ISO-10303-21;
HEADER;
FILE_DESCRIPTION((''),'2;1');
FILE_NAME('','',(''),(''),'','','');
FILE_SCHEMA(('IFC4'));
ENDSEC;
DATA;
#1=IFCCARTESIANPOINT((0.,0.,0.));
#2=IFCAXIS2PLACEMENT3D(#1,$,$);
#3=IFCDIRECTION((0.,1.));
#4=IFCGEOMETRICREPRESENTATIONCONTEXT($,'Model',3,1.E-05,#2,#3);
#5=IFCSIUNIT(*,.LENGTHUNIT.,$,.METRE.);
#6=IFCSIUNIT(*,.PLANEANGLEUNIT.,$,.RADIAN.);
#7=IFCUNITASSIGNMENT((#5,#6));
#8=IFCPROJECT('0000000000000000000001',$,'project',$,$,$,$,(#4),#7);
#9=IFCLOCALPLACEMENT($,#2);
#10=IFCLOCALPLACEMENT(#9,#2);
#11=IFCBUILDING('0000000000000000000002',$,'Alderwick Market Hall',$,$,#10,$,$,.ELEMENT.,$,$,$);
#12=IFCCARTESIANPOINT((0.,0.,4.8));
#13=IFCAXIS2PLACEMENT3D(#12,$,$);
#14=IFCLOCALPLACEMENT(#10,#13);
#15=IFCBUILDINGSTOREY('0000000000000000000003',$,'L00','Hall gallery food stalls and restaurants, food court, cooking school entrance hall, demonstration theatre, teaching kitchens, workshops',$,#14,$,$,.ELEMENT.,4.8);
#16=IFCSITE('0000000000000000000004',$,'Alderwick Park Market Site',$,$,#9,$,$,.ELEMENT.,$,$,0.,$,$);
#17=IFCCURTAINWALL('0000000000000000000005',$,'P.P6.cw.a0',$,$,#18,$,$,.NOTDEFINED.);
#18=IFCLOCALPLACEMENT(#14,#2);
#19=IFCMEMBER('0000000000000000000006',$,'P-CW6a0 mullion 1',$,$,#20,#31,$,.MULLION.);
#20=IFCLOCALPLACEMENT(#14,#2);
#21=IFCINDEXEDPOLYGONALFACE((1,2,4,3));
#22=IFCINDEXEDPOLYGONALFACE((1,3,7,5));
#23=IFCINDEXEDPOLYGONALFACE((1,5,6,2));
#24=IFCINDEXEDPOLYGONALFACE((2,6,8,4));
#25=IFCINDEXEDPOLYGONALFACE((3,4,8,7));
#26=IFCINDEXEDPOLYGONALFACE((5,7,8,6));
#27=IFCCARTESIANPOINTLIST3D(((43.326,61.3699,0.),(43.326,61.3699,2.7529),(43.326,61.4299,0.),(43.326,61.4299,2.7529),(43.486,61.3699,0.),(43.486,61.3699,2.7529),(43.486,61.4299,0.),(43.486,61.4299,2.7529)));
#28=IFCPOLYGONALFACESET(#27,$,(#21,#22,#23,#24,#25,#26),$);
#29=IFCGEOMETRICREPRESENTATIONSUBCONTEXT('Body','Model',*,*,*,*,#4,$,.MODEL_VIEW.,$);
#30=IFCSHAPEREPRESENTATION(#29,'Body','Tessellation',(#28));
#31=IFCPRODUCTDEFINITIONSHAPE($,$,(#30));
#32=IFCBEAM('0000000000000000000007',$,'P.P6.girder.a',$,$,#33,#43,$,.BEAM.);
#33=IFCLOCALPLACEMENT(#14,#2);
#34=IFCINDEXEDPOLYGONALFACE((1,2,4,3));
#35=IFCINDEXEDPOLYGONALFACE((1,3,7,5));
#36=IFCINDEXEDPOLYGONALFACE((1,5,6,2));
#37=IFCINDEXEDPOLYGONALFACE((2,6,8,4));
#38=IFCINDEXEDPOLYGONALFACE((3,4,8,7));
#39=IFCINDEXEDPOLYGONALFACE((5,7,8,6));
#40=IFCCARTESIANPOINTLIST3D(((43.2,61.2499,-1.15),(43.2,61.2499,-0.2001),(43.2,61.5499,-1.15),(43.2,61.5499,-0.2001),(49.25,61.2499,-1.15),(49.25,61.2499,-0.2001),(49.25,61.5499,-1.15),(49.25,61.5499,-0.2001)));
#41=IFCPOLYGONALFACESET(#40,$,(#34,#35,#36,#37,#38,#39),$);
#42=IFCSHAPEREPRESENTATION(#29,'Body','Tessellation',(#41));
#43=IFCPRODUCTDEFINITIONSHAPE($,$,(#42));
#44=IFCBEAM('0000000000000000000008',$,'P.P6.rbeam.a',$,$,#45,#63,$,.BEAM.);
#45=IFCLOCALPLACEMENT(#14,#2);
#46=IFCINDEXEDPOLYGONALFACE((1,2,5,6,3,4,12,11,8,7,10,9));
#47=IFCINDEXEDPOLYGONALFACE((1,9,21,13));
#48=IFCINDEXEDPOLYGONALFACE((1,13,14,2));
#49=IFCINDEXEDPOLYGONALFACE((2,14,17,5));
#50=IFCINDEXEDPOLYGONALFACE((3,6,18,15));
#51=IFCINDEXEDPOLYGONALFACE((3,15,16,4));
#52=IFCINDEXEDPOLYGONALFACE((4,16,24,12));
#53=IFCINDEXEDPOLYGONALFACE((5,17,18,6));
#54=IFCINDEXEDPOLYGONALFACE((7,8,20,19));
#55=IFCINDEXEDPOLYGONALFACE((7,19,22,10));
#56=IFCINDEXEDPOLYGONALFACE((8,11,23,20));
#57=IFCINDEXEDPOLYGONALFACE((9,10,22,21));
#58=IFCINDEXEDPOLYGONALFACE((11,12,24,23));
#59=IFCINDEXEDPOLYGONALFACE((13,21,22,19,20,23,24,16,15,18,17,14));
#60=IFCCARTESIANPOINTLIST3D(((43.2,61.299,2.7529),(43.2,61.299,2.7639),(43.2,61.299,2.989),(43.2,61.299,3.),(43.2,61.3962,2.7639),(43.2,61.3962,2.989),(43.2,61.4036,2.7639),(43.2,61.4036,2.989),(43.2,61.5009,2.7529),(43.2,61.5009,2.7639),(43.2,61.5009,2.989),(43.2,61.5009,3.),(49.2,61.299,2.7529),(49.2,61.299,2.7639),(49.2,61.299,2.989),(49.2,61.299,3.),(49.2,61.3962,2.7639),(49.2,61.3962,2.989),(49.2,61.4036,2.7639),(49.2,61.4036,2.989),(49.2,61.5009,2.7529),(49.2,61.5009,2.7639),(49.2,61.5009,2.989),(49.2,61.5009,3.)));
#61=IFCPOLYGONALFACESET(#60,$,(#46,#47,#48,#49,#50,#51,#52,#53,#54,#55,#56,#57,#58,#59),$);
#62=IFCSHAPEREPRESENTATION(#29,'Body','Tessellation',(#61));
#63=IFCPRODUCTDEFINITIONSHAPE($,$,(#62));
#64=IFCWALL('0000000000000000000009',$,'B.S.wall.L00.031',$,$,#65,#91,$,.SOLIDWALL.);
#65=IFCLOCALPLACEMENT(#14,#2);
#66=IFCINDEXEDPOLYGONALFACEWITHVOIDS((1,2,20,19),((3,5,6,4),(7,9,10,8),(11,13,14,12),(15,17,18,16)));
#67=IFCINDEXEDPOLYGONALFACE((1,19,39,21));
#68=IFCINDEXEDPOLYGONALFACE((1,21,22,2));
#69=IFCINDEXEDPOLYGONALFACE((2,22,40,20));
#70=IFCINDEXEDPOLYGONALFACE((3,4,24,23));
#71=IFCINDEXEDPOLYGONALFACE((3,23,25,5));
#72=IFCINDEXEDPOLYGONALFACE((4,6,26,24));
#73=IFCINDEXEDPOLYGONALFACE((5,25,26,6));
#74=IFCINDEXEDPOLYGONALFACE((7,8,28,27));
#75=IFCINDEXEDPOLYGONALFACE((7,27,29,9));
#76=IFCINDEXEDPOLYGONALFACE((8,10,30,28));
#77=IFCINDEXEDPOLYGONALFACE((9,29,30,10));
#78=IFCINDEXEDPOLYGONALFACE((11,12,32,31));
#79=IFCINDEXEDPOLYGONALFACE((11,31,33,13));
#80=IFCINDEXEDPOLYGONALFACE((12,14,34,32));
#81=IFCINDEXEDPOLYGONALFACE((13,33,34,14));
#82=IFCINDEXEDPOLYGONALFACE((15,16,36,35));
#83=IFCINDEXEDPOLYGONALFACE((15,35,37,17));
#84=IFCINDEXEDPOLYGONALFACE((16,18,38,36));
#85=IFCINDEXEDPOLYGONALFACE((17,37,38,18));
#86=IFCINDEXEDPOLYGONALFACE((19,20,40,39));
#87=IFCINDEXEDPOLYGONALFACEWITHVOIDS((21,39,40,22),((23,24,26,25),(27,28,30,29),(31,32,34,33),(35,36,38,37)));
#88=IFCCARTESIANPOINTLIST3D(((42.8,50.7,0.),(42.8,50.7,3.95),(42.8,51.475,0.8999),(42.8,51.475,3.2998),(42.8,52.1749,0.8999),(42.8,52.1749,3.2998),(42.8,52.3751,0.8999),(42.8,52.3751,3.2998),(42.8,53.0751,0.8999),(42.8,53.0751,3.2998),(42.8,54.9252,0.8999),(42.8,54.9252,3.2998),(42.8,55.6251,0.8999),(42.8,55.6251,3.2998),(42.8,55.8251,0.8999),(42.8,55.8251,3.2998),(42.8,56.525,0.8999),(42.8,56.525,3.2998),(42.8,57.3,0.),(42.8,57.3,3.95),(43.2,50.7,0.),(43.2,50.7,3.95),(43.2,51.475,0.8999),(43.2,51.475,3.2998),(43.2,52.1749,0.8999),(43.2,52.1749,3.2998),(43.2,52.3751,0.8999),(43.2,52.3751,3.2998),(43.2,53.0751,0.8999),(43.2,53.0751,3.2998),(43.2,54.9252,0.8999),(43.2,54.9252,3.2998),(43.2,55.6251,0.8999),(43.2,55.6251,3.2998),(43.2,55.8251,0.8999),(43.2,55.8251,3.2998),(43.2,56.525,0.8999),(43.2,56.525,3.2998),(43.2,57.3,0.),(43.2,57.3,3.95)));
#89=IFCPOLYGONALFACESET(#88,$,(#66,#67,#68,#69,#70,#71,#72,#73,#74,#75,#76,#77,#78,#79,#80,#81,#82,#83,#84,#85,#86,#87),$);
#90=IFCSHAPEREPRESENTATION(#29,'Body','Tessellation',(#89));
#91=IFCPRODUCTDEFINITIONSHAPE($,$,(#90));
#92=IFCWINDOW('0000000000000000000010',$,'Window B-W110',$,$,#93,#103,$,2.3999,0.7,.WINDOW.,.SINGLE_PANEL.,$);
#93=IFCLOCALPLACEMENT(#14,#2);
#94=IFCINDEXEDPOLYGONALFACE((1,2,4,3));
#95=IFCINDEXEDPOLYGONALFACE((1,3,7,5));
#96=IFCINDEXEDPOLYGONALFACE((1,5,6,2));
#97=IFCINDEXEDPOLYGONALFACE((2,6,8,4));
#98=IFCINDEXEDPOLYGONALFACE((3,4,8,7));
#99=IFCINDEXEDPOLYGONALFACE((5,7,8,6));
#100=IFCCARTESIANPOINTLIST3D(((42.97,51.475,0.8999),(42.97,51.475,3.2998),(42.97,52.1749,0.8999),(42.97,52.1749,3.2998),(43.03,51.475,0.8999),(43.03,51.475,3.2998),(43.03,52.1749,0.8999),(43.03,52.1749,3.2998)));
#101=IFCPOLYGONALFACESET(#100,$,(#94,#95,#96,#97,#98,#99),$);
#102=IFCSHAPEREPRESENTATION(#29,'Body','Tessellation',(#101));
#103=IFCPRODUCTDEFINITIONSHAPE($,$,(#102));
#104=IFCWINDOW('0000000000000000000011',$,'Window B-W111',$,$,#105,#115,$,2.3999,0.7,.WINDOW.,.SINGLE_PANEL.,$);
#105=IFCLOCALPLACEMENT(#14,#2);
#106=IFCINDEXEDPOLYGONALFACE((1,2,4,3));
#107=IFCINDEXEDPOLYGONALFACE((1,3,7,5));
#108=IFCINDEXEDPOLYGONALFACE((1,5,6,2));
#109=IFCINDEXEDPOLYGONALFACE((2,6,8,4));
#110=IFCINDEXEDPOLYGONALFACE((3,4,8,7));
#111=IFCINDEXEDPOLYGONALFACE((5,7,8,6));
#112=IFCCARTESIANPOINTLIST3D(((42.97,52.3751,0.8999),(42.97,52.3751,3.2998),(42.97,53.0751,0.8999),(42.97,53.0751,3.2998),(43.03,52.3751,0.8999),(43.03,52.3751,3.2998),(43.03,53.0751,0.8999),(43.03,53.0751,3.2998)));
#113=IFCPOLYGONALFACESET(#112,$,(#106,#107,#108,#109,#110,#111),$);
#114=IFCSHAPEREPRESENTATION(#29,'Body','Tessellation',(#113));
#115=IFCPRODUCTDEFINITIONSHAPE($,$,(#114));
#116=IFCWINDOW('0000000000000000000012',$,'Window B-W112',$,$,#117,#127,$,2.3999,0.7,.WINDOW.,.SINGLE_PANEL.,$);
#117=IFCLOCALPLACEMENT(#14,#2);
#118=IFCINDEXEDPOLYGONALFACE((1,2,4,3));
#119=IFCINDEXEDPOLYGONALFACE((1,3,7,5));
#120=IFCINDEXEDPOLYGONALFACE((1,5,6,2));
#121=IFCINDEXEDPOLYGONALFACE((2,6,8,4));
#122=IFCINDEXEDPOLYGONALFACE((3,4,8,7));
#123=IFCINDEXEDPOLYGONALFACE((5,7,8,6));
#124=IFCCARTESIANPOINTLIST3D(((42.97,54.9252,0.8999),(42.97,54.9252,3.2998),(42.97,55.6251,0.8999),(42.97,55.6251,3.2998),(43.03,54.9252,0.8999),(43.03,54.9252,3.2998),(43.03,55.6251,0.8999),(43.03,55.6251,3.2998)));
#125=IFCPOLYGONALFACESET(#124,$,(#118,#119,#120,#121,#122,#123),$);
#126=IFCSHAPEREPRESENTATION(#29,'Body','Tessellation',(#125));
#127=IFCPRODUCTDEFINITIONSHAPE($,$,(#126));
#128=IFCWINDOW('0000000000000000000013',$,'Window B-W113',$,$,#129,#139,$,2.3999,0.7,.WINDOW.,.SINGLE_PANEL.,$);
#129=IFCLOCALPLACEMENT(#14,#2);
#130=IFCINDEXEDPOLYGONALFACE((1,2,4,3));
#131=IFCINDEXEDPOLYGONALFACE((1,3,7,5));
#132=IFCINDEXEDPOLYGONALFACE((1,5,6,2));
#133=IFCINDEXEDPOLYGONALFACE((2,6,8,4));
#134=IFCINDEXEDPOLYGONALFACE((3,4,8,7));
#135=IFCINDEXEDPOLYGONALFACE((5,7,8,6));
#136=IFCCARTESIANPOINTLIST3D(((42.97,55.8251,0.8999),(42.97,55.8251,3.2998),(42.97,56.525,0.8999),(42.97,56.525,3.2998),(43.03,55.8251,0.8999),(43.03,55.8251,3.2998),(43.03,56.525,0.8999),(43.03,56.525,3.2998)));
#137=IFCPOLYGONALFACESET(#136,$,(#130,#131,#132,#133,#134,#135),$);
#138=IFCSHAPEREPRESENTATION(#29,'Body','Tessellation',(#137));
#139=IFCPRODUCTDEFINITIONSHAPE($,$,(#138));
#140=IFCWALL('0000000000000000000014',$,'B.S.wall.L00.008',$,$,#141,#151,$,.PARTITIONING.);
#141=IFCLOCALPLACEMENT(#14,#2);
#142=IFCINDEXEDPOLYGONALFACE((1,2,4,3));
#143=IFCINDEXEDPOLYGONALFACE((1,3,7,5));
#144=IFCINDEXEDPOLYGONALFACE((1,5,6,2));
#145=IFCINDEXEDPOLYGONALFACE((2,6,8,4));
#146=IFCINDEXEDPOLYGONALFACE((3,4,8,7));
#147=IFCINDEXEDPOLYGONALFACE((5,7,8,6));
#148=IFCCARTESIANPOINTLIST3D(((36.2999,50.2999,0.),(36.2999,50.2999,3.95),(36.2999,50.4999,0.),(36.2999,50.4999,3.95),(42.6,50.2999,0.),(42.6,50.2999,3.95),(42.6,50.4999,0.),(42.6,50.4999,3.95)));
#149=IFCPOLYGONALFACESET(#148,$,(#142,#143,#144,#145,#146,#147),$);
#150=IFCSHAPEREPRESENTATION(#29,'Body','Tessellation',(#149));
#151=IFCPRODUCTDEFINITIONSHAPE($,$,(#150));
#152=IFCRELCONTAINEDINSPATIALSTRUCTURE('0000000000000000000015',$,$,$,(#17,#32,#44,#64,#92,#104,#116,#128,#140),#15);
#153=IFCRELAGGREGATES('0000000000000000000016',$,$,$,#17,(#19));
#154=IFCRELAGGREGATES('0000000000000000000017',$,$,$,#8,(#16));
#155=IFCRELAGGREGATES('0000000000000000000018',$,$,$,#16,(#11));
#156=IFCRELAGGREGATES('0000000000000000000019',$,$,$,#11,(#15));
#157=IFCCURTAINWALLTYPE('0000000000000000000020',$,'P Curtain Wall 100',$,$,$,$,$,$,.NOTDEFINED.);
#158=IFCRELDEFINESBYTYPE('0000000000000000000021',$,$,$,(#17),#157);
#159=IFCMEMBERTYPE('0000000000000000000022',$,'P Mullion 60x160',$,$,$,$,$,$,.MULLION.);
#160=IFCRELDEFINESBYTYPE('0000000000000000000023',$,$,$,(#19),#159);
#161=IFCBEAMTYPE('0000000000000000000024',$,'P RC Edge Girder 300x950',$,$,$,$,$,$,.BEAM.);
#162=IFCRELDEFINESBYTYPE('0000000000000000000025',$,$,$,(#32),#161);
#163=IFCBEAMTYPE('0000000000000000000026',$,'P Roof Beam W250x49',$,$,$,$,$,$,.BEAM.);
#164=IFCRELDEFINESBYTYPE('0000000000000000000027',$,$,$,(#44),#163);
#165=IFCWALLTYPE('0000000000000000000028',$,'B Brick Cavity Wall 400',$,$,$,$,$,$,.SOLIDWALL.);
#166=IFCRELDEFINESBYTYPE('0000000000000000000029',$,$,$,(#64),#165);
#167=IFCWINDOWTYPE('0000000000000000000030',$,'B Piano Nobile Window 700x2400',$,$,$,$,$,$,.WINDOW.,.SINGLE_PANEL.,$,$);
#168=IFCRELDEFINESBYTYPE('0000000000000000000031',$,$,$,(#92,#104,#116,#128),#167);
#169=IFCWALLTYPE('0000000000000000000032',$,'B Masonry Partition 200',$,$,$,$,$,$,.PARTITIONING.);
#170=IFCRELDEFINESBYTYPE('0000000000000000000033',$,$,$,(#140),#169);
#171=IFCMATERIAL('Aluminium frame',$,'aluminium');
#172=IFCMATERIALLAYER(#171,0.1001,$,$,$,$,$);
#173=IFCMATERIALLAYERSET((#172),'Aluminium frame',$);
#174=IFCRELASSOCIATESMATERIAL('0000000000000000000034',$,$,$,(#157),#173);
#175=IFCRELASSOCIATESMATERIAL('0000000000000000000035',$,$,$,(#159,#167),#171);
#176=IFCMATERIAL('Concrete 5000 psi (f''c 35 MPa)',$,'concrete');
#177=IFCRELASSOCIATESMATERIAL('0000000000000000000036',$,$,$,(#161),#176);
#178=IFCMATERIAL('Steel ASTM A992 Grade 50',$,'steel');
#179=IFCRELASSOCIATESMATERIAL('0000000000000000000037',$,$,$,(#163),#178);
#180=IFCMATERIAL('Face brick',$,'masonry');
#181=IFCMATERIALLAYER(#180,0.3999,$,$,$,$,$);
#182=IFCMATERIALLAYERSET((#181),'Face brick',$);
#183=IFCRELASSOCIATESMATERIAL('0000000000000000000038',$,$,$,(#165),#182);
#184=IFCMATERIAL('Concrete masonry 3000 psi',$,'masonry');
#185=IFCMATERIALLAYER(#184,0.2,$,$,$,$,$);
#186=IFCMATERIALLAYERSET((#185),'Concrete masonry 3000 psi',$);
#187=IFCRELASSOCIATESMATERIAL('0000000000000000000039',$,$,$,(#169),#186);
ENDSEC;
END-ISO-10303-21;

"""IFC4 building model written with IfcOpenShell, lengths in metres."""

from ifc_helpers import new_model, si_unit, direction, frame, frame_2d, origin, origin_2d, place, context, subcontext, project, spatial, rectangle, i_section, extrude, material, layer, layer_set, material_profile, profile_set, type_object, element, fill, aggregate, save


model = new_model("IFC4")

# Units and contexts
model_context = context("Model", 3, precision=1e-05, world=origin(), true_north=direction((0.0, 1.0)))
body_context = subcontext(model_context, "Body", "Model", "MODEL_VIEW")
ifc_project = project(units=[si_unit("LENGTHUNIT", "METRE"), si_unit("PLANEANGLEUNIT", "RADIAN")], contexts=[model_context])

# Site, building, storey
site_placement = place(None, origin())
site = spatial("IfcSite", under=ifc_project, at=site_placement, Name="Alderwick Park Market Site", CompositionType="ELEMENT", RefElevation=0.0)
building_placement = place(site_placement, origin())
building = spatial("IfcBuilding", under=site, at=building_placement, Name="Alderwick Market Hall", CompositionType="ELEMENT")
storey_placement = place(building_placement, frame((0.0, 0.0, 4.8)))
storey = spatial("IfcBuildingStorey", under=building, at=storey_placement, Name="L00", Description="Hall gallery food stalls and restaurants, food court, cooking school entrance hall, demonstration theatre, teaching kitchens, workshops", CompositionType="ELEMENT", Elevation=4.8)

# Shared definitions
ifc_material_1 = material(Name="Concrete 5000 psi (f'c 35 MPa)", Category="concrete")

# Curtain wall, member
ifc_material_2 = material(Name="Aluminium frame", Category="aluminium")
ifc_layer_1 = layer(ifc_material_2, 0.1001)
ifc_layer_set_1 = layer_set([ifc_layer_1], Name="Aluminium frame")
curtain_wall_type = type_object("IfcCurtainWallType", Name="P Curtain Wall 100", PredefinedType="NOTDEFINED", material=ifc_layer_set_1)
curtain_wall_placement = place(storey_placement, origin())
curtain_wall = element("IfcCurtainWall", 1, at=curtain_wall_placement, inside=storey, type_object=curtain_wall_type, Name="P.P6.cw.a0", PredefinedType="NOTDEFINED")
ifc_material_profile_1 = material_profile(ifc_material_2, rectangle(XDim=0.0601, YDim=0.1599, at=origin_2d()), Name="P Mullion 60x160")
ifc_profile_set_1 = profile_set([ifc_material_profile_1], Name="Aluminium frame")
member_type = type_object("IfcMemberType", Name="P Mullion 60x160", PredefinedType="MULLION", material=ifc_profile_set_1)
member_placement = place(storey_placement, frame((43.406, 61.3999, 0.0), z_axis=(0.0, 0.0, 1.0), x_axis=(0.0, 1.0, 0.0)))
member = element("IfcMember", 2, at=member_placement, type_object=member_type, Name="P-CW6a0 mullion 1", PredefinedType="MULLION", context=body_context, shape_type="SweptSolid", body=[
    extrude(rectangle(XDim=0.0601, YDim=0.1599, at=origin_2d()), origin(), (0.0, 0.0, 1.0), 2.7529),
])
aggregate(curtain_wall, [member])

# Beams
ifc_material_profile_2 = material_profile(ifc_material_1, rectangle(XDim=0.3, YDim=0.95, at=origin_2d()), Name="P RC Edge Girder 300x950")
ifc_profile_set_2 = profile_set([ifc_material_profile_2], Name="Concrete 5000 psi (f'c 35 MPa)")
beam_type_1 = type_object("IfcBeamType", Name="P RC Edge Girder 300x950", PredefinedType="BEAM", material=ifc_profile_set_2)
beam_1_placement = place(storey_placement, frame((43.2, 61.3999, -0.675), z_axis=(1.0, 0.0, 0.0), x_axis=(0.0, 1.0, 0.0)))
element("IfcBeam", 3, at=beam_1_placement, inside=storey, type_object=beam_type_1, Name="P.P6.girder.a", PredefinedType="BEAM", context=body_context, shape_type="SweptSolid", body=[
    extrude(rectangle(XDim=0.3, YDim=0.95, at=origin_2d()), origin(), (0.0, 0.0, 1.0), 6.05),
])
ifc_material_3 = material(Name="Steel ASTM A992 Grade 50", Category="steel")
ifc_material_profile_3 = material_profile(ifc_material_3, i_section(OverallWidth=0.2019, OverallDepth=0.2471, WebThickness=0.0073, FlangeThickness=0.011, at=origin_2d()), Name="W250x49")
ifc_profile_set_3 = profile_set([ifc_material_profile_3], Name="Steel ASTM A992 Grade 50")
beam_type_2 = type_object("IfcBeamType", Name="P Roof Beam W250x49", PredefinedType="BEAM", material=ifc_profile_set_3)
beam_2_placement = place(storey_placement, frame((43.2, 61.3999, 2.8765), z_axis=(1.0, 0.0, 0.0), x_axis=(0.0, 1.0, 0.0)))
element("IfcBeam", 4, at=beam_2_placement, inside=storey, type_object=beam_type_2, Name="P.P6.rbeam.a", PredefinedType="BEAM", context=body_context, shape_type="SweptSolid", body=[
    extrude(i_section(OverallWidth=0.2019, OverallDepth=0.2471, WebThickness=0.0073, FlangeThickness=0.011, at=origin_2d()), origin(), (0.0, 0.0, 1.0), 6.0),
])

# Wall, openings, windows
ifc_material_4 = material(Name="Face brick", Category="masonry")
ifc_layer_2 = layer(ifc_material_4, 0.3999)
ifc_layer_set_2 = layer_set([ifc_layer_2], Name="Face brick")
wall_type_1 = type_object("IfcWallType", Name="B Brick Cavity Wall 400", PredefinedType="SOLIDWALL", material=ifc_layer_set_2)
wall_1_placement = place(storey_placement, frame((43.0, 50.7, 0.0), z_axis=(0.0, 0.0, 1.0), x_axis=(0.0, 1.0, 0.0)))
wall_1 = element("IfcWall", 5, at=wall_1_placement, inside=storey, type_object=wall_type_1, Name="B.S.wall.L00.031", PredefinedType="SOLIDWALL", context=body_context, shape_type="SweptSolid", body=[
    extrude(rectangle(XDim=6.6001, YDim=0.3999, at=frame_2d((3.3, 0.0))), origin(), (0.0, 0.0, 1.0), 3.95),
])
opening_1_placement = place(wall_1_placement, frame((0.7749, 0.0, 0.8999)))
opening_1 = element("IfcOpeningElement", 6, at=opening_1_placement, cuts=wall_1, PredefinedType="OPENING", context=body_context, shape_type="SweptSolid", body=[
    extrude(rectangle(XDim=0.7, YDim=2.3999, at=frame_2d((0.3501, 1.2))), frame((0.0, 0.21, 0.0), z_axis=(0.0, -1.0, 0.0), x_axis=(1.0, 0.0, 0.0)), (0.0, 0.0, 1.0), 0.4199),
])
opening_2_placement = place(wall_1_placement, frame((1.675, 0.0, 0.8999)))
opening_2 = element("IfcOpeningElement", 7, at=opening_2_placement, cuts=wall_1, PredefinedType="OPENING", context=body_context, shape_type="SweptSolid", body=[
    extrude(rectangle(XDim=0.7, YDim=2.3999, at=frame_2d((0.3501, 1.2))), frame((0.0, 0.21, 0.0), z_axis=(0.0, -1.0, 0.0), x_axis=(1.0, 0.0, 0.0)), (0.0, 0.0, 1.0), 0.4199),
])
opening_3_placement = place(wall_1_placement, frame((4.2251, 0.0, 0.8999)))
opening_3 = element("IfcOpeningElement", 8, at=opening_3_placement, cuts=wall_1, PredefinedType="OPENING", context=body_context, shape_type="SweptSolid", body=[
    extrude(rectangle(XDim=0.7, YDim=2.3999, at=frame_2d((0.3501, 1.2))), frame((0.0, 0.21, 0.0), z_axis=(0.0, -1.0, 0.0), x_axis=(1.0, 0.0, 0.0)), (0.0, 0.0, 1.0), 0.4199),
])
opening_4_placement = place(wall_1_placement, frame((5.125, 0.0, 0.8999)))
opening_4 = element("IfcOpeningElement", 9, at=opening_4_placement, cuts=wall_1, PredefinedType="OPENING", context=body_context, shape_type="SweptSolid", body=[
    extrude(rectangle(XDim=0.7, YDim=2.3999, at=frame_2d((0.3501, 1.2))), frame((0.0, 0.21, 0.0), z_axis=(0.0, -1.0, 0.0), x_axis=(1.0, 0.0, 0.0)), (0.0, 0.0, 1.0), 0.4199),
])
window_type = type_object("IfcWindowType", Name="B Piano Nobile Window 700x2400", PartitioningType="SINGLE_PANEL", PredefinedType="WINDOW", material=ifc_material_2)
window_1_placement = place(opening_1_placement, origin())
window_1 = element("IfcWindow", 10, at=window_1_placement, inside=storey, type_object=window_type, Name="Window B-W110", OverallHeight=2.3999, OverallWidth=0.7, PartitioningType="SINGLE_PANEL", PredefinedType="WINDOW", context=body_context, shape_type="SweptSolid", body=[
    extrude(rectangle(XDim=0.7, YDim=2.3999, at=frame_2d((0.3501, 1.2))), frame((0.0, 0.03, 0.0), z_axis=(0.0, -1.0, 0.0), x_axis=(1.0, 0.0, 0.0)), (0.0, 0.0, 1.0), 0.0601),
])
fill(opening_1, window_1)
window_2_placement = place(opening_2_placement, origin())
window_2 = element("IfcWindow", 11, at=window_2_placement, inside=storey, type_object=window_type, Name="Window B-W111", OverallHeight=2.3999, OverallWidth=0.7, PartitioningType="SINGLE_PANEL", PredefinedType="WINDOW", context=body_context, shape_type="SweptSolid", body=[
    extrude(rectangle(XDim=0.7, YDim=2.3999, at=frame_2d((0.3501, 1.2))), frame((0.0, 0.03, 0.0), z_axis=(0.0, -1.0, 0.0), x_axis=(1.0, 0.0, 0.0)), (0.0, 0.0, 1.0), 0.0601),
])
fill(opening_2, window_2)
window_3_placement = place(opening_3_placement, origin())
window_3 = element("IfcWindow", 12, at=window_3_placement, inside=storey, type_object=window_type, Name="Window B-W112", OverallHeight=2.3999, OverallWidth=0.7, PartitioningType="SINGLE_PANEL", PredefinedType="WINDOW", context=body_context, shape_type="SweptSolid", body=[
    extrude(rectangle(XDim=0.7, YDim=2.3999, at=frame_2d((0.3501, 1.2))), frame((0.0, 0.03, 0.0), z_axis=(0.0, -1.0, 0.0), x_axis=(1.0, 0.0, 0.0)), (0.0, 0.0, 1.0), 0.0601),
])
fill(opening_3, window_3)
window_4_placement = place(opening_4_placement, origin())
window_4 = element("IfcWindow", 13, at=window_4_placement, inside=storey, type_object=window_type, Name="Window B-W113", OverallHeight=2.3999, OverallWidth=0.7, PartitioningType="SINGLE_PANEL", PredefinedType="WINDOW", context=body_context, shape_type="SweptSolid", body=[
    extrude(rectangle(XDim=0.7, YDim=2.3999, at=frame_2d((0.3501, 1.2))), frame((0.0, 0.03, 0.0), z_axis=(0.0, -1.0, 0.0), x_axis=(1.0, 0.0, 0.0)), (0.0, 0.0, 1.0), 0.0601),
])
fill(opening_4, window_4)

# Wall
ifc_material_5 = material(Name="Concrete masonry 3000 psi", Category="masonry")
ifc_layer_3 = layer(ifc_material_5, 0.2)
ifc_layer_set_3 = layer_set([ifc_layer_3], Name="Concrete masonry 3000 psi")
wall_type_2 = type_object("IfcWallType", Name="B Masonry Partition 200", PredefinedType="PARTITIONING", material=ifc_layer_set_3)
wall_2_placement = place(storey_placement, frame((36.3, 50.3999, 0.0), z_axis=(0.0, 0.0, 1.0), x_axis=(1.0, 0.0, 0.0)))
element("IfcWall", 14, at=wall_2_placement, inside=storey, type_object=wall_type_2, Name="B.S.wall.L00.008", PredefinedType="PARTITIONING", context=body_context, shape_type="SweptSolid", body=[
    extrude(rectangle(XDim=6.3, YDim=0.2, at=frame_2d((3.1499, 0.0))), origin(), (0.0, 0.0, 1.0), 3.95),
])

save(model, "model.ifc")
